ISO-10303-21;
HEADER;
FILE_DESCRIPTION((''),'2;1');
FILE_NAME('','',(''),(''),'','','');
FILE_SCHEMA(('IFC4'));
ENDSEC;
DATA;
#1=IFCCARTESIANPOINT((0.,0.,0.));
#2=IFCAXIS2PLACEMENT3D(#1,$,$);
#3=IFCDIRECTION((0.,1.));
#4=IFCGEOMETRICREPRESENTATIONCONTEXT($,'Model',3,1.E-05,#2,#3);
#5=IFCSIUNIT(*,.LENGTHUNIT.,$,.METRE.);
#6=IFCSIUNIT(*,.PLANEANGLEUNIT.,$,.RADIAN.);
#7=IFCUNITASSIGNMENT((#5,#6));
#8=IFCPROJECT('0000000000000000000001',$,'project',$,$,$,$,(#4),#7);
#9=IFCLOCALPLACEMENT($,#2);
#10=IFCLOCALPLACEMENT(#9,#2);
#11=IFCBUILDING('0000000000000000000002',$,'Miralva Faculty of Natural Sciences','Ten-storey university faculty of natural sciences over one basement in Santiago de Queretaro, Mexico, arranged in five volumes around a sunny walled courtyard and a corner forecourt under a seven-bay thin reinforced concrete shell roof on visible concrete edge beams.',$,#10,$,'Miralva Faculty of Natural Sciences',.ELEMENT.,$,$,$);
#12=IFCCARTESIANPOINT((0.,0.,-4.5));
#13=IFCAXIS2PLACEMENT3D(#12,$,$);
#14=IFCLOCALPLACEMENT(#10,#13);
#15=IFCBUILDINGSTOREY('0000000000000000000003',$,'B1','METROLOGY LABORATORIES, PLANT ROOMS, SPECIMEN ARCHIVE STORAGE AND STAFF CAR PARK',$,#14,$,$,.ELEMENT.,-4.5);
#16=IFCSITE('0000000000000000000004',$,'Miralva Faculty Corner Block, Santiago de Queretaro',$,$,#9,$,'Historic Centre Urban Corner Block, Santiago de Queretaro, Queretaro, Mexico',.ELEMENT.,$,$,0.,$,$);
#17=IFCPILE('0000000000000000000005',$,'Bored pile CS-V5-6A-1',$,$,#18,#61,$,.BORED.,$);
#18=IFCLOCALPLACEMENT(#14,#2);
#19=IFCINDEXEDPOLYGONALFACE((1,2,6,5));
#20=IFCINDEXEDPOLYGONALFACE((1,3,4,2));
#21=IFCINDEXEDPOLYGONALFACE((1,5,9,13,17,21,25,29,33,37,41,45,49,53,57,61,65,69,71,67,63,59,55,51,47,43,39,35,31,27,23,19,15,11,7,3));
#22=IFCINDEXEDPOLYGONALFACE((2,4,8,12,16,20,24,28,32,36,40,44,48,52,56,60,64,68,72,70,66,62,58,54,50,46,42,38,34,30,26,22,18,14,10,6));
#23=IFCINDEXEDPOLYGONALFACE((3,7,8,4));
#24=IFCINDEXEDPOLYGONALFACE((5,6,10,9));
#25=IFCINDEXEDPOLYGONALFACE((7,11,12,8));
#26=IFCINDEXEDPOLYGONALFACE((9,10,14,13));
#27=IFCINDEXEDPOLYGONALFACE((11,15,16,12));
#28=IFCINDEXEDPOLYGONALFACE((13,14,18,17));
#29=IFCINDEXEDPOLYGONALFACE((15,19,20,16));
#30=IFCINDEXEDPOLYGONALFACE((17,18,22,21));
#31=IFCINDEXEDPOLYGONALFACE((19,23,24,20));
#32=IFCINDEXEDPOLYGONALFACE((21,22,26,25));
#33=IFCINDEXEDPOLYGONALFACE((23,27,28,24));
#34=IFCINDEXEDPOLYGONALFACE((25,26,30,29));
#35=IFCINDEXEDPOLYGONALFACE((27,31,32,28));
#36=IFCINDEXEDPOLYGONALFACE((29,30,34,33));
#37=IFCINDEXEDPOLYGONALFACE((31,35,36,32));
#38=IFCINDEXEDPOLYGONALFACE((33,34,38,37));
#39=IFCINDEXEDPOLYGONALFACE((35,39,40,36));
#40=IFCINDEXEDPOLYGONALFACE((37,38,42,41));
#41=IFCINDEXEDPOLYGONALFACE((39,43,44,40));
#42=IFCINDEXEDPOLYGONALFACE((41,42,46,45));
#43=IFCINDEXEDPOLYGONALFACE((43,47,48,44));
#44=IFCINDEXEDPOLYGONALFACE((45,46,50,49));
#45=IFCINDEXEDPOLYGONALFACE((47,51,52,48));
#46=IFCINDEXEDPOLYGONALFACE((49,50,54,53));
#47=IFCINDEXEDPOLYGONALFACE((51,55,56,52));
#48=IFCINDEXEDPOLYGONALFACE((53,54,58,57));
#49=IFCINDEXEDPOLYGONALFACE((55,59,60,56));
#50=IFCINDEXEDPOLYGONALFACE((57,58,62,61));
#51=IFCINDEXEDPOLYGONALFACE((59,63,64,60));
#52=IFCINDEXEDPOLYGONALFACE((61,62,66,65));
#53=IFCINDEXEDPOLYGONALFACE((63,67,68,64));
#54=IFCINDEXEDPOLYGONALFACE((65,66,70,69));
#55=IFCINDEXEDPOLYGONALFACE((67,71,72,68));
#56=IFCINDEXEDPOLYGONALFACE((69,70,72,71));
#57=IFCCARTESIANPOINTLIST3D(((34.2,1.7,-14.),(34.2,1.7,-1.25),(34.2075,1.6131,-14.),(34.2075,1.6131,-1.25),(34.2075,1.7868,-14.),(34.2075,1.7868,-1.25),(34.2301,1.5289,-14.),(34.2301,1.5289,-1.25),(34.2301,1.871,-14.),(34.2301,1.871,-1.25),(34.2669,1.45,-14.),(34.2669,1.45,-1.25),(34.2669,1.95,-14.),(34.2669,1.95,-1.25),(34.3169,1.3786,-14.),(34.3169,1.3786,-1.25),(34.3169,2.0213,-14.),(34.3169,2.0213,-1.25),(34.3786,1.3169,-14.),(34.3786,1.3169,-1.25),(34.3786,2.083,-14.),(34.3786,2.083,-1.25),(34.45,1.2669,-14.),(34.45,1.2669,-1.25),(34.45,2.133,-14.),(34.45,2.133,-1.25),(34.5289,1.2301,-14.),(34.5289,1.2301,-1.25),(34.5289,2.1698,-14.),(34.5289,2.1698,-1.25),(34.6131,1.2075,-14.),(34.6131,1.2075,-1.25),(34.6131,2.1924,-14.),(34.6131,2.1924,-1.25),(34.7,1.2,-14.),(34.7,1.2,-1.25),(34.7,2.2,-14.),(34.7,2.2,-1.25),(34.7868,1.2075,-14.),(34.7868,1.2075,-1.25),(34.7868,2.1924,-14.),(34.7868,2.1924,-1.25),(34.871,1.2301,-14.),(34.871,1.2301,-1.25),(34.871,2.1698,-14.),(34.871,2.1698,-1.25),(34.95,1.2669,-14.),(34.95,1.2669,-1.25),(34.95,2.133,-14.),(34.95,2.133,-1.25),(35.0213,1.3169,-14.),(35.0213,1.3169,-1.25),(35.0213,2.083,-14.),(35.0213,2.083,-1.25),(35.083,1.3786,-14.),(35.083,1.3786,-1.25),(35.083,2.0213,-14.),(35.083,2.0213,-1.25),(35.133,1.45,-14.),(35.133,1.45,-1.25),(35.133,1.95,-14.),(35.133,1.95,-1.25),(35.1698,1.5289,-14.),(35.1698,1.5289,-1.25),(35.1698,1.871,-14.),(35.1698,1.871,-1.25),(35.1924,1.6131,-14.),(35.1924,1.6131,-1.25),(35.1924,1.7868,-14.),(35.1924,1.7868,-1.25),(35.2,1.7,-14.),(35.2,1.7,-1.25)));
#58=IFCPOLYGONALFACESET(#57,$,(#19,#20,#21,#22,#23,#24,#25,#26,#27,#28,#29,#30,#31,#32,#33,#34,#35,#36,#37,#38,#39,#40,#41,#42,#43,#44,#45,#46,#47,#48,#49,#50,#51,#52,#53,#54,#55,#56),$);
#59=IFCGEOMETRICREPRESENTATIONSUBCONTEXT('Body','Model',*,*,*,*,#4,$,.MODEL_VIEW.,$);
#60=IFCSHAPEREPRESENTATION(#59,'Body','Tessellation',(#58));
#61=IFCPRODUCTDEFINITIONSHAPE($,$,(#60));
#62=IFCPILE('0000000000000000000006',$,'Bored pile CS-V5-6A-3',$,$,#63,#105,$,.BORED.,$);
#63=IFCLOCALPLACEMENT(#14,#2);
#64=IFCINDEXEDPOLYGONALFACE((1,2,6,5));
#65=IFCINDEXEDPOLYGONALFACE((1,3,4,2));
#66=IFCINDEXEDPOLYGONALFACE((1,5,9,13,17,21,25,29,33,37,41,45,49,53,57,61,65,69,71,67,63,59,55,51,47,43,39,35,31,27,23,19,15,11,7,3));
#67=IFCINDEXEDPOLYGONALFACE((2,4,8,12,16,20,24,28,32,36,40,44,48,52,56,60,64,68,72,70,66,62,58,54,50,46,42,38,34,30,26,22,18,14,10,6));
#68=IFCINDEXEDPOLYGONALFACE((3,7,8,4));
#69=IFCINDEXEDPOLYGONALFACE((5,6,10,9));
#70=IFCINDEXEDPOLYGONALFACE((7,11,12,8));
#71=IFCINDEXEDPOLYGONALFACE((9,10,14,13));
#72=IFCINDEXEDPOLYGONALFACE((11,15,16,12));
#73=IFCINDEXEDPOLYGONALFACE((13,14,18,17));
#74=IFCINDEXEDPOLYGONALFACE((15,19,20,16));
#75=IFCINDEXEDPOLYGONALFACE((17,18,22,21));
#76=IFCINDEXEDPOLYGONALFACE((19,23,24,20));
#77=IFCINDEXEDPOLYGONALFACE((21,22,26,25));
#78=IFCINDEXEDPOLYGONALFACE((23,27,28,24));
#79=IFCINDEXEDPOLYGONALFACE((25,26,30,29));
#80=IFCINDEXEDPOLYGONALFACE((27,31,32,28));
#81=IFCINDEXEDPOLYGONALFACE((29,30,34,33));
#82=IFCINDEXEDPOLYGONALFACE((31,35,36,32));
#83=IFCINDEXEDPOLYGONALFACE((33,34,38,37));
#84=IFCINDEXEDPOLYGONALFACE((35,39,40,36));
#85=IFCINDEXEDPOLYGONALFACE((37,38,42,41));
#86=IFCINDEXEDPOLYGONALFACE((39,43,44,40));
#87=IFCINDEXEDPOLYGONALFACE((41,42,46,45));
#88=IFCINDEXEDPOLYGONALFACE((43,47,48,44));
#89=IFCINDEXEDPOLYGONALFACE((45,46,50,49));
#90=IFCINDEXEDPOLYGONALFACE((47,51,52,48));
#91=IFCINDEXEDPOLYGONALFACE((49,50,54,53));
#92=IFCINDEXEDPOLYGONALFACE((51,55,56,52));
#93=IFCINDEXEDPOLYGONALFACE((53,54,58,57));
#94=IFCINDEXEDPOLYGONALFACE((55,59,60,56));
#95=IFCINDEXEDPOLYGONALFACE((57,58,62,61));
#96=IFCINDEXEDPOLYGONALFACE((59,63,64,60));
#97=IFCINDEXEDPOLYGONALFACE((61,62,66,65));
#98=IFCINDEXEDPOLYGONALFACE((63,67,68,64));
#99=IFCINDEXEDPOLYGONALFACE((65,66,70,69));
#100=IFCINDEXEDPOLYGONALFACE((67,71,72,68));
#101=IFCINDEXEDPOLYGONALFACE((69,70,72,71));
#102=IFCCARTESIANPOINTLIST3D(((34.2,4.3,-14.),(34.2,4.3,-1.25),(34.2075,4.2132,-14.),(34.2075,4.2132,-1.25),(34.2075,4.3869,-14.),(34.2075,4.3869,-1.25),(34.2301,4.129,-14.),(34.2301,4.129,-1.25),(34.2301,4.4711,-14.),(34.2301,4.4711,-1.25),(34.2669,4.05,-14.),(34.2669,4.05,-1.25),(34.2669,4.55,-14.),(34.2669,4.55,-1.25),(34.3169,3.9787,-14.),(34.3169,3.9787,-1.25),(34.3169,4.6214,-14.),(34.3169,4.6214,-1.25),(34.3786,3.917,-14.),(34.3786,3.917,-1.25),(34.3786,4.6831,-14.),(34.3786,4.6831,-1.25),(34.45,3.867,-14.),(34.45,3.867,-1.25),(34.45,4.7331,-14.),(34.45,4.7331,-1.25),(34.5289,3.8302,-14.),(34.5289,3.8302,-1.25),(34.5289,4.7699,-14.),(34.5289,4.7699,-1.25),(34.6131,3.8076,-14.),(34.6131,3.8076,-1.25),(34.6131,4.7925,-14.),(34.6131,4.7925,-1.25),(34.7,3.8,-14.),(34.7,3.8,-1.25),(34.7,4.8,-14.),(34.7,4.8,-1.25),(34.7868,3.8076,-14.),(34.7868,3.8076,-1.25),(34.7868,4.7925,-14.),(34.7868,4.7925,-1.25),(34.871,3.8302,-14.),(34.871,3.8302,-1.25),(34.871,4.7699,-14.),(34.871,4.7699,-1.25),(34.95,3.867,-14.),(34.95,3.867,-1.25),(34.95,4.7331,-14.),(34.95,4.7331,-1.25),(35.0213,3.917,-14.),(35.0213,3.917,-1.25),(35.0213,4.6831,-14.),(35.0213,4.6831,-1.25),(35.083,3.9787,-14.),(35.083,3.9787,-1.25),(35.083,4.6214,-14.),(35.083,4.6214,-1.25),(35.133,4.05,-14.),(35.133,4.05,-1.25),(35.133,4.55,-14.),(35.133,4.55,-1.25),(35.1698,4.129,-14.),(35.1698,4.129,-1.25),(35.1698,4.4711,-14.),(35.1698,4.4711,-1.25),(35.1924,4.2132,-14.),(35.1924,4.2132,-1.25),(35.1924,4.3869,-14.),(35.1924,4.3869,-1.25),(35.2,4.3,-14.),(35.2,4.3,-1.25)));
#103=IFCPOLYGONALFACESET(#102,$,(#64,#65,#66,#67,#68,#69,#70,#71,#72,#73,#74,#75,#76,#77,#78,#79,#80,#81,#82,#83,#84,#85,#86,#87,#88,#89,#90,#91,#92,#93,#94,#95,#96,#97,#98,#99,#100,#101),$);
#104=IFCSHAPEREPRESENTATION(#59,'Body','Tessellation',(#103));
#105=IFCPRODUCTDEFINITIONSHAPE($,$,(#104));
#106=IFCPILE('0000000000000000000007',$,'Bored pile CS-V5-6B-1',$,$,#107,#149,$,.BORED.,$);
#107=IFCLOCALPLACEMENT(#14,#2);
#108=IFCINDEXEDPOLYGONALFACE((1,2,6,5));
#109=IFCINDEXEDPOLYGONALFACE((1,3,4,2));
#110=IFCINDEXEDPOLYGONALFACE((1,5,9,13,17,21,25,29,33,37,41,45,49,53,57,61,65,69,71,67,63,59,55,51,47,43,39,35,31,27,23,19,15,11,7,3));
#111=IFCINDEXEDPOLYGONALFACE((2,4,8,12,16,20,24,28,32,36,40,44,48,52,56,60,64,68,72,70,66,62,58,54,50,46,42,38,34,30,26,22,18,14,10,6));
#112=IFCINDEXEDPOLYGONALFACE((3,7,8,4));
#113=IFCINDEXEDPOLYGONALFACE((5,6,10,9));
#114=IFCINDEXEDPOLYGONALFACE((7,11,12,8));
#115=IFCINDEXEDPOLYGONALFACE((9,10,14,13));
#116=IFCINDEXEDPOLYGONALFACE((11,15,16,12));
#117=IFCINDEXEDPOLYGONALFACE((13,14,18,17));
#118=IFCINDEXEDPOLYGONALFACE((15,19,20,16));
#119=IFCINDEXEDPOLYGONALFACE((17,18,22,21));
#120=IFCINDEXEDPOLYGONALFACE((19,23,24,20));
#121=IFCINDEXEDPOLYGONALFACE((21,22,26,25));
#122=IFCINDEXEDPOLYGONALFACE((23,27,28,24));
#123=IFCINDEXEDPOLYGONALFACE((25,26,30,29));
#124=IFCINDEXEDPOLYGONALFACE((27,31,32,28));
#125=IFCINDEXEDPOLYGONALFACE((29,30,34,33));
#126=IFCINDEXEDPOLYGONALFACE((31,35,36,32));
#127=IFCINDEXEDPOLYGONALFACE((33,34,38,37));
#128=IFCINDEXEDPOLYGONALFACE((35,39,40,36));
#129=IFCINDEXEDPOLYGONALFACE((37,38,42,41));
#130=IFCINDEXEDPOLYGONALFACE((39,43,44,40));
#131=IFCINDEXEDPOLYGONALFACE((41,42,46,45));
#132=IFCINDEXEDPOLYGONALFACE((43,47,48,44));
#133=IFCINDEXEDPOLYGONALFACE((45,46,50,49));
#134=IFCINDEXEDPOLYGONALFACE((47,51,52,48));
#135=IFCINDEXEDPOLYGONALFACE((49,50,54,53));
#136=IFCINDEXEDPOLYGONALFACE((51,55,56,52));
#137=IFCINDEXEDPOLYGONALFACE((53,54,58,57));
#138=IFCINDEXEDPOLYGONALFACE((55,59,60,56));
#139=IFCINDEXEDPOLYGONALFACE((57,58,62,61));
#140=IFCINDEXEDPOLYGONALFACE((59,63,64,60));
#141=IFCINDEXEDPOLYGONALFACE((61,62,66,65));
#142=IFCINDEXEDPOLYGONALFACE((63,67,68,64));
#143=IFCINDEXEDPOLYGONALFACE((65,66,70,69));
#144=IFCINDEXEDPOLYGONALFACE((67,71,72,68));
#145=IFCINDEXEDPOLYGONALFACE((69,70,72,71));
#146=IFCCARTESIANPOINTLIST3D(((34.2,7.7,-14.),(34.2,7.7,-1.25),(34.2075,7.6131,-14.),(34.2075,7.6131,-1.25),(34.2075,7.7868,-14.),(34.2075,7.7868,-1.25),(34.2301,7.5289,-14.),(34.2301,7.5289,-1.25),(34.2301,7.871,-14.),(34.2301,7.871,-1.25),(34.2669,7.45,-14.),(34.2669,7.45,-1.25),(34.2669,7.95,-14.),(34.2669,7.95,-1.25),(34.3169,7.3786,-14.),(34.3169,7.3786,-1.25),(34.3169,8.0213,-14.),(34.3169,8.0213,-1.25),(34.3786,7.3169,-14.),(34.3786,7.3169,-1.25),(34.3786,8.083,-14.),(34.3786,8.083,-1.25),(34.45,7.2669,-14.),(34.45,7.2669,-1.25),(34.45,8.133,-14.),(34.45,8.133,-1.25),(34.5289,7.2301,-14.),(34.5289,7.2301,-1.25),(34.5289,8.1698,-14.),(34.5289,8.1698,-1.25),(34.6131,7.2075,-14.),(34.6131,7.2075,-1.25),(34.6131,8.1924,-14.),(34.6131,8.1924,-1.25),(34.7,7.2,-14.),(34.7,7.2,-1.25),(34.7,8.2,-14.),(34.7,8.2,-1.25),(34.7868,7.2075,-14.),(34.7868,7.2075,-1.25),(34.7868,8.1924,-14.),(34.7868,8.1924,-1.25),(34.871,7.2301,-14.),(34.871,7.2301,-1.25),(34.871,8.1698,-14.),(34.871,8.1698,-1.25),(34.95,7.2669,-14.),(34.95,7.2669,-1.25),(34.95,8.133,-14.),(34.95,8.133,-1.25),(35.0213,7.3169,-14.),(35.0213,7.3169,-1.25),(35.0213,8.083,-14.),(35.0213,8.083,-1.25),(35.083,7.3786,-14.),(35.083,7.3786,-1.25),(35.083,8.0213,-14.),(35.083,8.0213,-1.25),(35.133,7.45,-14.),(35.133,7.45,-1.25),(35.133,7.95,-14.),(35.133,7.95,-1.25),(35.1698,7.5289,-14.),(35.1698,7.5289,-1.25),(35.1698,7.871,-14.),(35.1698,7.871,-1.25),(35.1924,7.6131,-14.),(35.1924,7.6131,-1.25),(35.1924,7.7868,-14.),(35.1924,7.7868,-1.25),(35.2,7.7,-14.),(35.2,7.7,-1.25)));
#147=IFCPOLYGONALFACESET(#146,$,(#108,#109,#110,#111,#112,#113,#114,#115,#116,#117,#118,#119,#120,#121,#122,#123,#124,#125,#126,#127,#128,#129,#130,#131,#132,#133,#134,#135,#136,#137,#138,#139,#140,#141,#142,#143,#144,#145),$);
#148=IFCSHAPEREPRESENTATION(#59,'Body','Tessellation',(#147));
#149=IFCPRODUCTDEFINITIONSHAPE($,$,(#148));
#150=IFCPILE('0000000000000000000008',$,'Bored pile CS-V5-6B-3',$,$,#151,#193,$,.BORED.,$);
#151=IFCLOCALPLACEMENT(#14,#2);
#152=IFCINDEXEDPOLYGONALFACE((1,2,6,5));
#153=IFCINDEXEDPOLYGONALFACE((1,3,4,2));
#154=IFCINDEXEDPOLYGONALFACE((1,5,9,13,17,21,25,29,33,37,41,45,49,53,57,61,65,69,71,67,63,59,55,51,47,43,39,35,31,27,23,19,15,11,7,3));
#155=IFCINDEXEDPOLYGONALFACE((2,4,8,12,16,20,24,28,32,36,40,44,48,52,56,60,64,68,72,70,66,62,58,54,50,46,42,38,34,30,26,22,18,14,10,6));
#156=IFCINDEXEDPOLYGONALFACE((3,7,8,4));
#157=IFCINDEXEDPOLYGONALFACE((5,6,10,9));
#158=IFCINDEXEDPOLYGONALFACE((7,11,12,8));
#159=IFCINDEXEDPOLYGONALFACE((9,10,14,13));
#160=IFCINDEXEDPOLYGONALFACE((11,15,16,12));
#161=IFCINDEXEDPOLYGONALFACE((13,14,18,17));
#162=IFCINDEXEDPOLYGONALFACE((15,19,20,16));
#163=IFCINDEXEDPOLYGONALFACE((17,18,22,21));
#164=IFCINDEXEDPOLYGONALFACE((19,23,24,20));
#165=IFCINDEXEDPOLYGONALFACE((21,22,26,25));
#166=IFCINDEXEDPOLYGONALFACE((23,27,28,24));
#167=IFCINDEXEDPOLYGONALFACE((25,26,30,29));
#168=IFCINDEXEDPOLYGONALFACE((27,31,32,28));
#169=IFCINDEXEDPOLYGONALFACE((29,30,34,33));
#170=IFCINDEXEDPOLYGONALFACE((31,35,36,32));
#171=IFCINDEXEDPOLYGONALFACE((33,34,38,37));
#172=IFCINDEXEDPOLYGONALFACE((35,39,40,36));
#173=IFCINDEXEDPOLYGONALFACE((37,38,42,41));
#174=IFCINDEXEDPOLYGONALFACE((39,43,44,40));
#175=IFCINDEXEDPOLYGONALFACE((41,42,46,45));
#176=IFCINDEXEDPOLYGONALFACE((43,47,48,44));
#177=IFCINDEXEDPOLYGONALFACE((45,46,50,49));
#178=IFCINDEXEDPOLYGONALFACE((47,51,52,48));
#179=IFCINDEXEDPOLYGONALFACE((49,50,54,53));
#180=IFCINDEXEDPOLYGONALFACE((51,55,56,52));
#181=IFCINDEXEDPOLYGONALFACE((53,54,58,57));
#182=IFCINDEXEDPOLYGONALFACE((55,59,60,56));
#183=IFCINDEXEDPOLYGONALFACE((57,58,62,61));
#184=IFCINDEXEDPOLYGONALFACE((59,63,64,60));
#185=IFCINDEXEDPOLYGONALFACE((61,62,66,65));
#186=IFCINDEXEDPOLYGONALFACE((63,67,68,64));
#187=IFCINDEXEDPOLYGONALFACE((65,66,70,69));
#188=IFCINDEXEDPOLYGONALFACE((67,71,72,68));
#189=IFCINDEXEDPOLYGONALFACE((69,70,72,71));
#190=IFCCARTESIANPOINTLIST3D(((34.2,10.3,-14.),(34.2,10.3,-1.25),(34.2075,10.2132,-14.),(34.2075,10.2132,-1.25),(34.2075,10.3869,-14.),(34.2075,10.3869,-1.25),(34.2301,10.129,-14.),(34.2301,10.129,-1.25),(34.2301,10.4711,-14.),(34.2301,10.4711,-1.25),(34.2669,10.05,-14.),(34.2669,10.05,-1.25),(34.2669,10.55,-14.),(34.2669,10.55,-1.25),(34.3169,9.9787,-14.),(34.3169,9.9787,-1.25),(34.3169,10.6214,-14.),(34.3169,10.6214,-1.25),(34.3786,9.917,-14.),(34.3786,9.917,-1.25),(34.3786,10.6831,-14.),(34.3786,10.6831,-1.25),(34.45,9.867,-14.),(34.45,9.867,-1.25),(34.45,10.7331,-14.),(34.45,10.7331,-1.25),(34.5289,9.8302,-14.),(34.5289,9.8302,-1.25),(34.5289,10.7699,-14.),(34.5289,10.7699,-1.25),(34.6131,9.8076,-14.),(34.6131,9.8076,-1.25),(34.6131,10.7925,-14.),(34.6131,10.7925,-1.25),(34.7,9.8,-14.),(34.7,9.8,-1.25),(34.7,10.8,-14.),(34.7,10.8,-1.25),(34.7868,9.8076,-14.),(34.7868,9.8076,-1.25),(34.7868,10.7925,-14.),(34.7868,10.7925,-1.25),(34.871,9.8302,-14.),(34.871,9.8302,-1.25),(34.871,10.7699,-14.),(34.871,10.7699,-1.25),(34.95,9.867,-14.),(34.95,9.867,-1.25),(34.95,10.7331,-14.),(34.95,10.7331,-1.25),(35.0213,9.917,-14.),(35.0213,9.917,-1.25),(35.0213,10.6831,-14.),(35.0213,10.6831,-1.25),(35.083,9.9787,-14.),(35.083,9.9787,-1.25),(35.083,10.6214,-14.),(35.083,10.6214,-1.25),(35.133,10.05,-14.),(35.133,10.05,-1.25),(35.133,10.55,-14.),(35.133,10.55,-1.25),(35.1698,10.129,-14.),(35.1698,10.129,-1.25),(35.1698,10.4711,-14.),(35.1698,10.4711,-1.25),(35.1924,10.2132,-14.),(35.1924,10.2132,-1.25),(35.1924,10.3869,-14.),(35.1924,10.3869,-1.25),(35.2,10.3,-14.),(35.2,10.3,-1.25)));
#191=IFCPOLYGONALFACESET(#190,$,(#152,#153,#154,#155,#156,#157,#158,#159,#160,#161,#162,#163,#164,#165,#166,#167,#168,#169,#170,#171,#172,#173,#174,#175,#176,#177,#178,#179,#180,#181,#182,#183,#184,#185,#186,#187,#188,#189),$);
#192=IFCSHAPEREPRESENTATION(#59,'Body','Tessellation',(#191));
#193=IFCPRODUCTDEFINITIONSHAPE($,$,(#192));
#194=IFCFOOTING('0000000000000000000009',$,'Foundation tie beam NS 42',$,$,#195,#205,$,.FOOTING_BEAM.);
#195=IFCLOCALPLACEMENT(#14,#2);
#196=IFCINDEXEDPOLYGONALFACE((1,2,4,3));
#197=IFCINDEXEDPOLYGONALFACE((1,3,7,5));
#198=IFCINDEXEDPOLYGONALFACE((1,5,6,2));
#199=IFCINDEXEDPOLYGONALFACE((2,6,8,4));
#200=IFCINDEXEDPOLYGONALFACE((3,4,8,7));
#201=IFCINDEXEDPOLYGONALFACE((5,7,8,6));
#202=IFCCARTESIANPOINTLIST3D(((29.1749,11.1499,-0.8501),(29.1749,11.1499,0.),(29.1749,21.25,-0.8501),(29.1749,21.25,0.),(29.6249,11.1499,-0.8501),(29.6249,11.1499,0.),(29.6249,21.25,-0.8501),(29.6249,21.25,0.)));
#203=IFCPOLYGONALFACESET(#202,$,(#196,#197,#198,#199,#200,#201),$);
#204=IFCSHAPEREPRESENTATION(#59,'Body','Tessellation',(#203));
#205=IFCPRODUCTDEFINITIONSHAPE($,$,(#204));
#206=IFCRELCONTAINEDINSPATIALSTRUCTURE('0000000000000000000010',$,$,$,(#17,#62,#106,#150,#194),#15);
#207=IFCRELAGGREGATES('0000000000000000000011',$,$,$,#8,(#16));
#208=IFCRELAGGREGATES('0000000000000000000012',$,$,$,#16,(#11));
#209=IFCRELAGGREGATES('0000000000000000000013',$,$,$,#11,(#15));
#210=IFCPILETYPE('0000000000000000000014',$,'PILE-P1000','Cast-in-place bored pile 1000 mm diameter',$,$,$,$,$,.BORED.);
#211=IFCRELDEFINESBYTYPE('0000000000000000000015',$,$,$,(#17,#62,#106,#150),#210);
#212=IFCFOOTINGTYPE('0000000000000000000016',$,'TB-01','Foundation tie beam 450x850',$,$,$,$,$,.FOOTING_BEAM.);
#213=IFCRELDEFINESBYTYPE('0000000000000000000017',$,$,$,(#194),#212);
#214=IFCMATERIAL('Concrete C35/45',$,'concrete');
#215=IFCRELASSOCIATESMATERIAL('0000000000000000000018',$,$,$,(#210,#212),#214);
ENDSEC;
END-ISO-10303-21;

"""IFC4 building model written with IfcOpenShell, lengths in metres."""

from ifc_helpers import new_model, si_unit, direction, frame, origin, origin_2d, place, context, subcontext, project, spatial, rectangle, circle, extrude, material, material_profile, profile_set, type_object, element, save


model = new_model("IFC4")

# Units and contexts
model_context = context("Model", 3, precision=1e-05, world=origin(), true_north=direction((0.0, 1.0)))
body_context = subcontext(model_context, "Body", "Model", "MODEL_VIEW")
ifc_project = project(units=[si_unit("LENGTHUNIT", "METRE"), si_unit("PLANEANGLEUNIT", "RADIAN")], contexts=[model_context])

# Site, building, storey
site_placement = place(None, origin())
site = spatial("IfcSite", under=ifc_project, at=site_placement, Name="Miralva Faculty Corner Block, Santiago de Queretaro", LongName="Historic Centre Urban Corner Block, Santiago de Queretaro, Queretaro, Mexico", CompositionType="ELEMENT", RefElevation=0.0)
building_placement = place(site_placement, origin())
building = spatial("IfcBuilding", under=site, at=building_placement, Name="Miralva Faculty of Natural Sciences", Description="Ten-storey university faculty of natural sciences over one basement in Santiago de Queretaro, Mexico, arranged in five volumes around a sunny walled courtyard and a corner forecourt under a seven-bay thin reinforced concrete shell roof on visible concrete edge beams.", LongName="Miralva Faculty of Natural Sciences", CompositionType="ELEMENT")
storey_placement = place(building_placement, frame((0.0, 0.0, -4.5)))
storey = spatial("IfcBuildingStorey", under=building, at=storey_placement, Name="B1", Description="METROLOGY LABORATORIES, PLANT ROOMS, SPECIMEN ARCHIVE STORAGE AND STAFF CAR PARK", CompositionType="ELEMENT", Elevation=-4.5)

# Shared definitions
ifc_material_1 = material(Name="Concrete C35/45", Category="concrete")

# Piles
ifc_material_profile_1 = material_profile(ifc_material_1, circle(Radius=0.5, at=origin_2d()), Name="BORED PILE 1000")
ifc_profile_set_1 = profile_set([ifc_material_profile_1], Name="Concrete C35/45")
pile_type = type_object("IfcPileType", Name="PILE-P1000", Description="Cast-in-place bored pile 1000 mm diameter", PredefinedType="BORED", material=ifc_profile_set_1)
for number, where, z_axis, x_axis, name in (
    (1, (34.7, 1.7, -1.25), (0.0, 0.0, -1.0), (1.0, 0.0, 0.0), "Bored pile CS-V5-6A-1"),
    (2, (34.7, 4.3, -1.25), (0.0, 0.0, -1.0), (1.0, 0.0, 0.0), "Bored pile CS-V5-6A-3"),
    (3, (34.7, 7.7, -1.25), (0.0, 0.0, -1.0), (1.0, 0.0, 0.0), "Bored pile CS-V5-6B-1"),
    (4, (34.7, 10.3, -1.25), (0.0, 0.0, -1.0), (1.0, 0.0, 0.0), "Bored pile CS-V5-6B-3"),
):
    element("IfcPile", number, at=place(storey_placement, frame(where, z_axis=z_axis, x_axis=x_axis)), inside=storey, type_object=pile_type, Name=name, PredefinedType="BORED", context=body_context, shape_type="SweptSolid", body=[
        extrude(circle(Radius=0.5, at=origin_2d()), origin(), (0.0, 0.0, 1.0), 12.75),
    ])

# Footing
ifc_material_profile_2 = material_profile(ifc_material_1, rectangle(XDim=0.45, YDim=0.8501, at=origin_2d()), Name="RC 450x850")
ifc_profile_set_2 = profile_set([ifc_material_profile_2], Name="Concrete C35/45")
footing_type_1 = type_object("IfcFootingType", Name="TB-01", Description="Foundation tie beam 450x850", PredefinedType="FOOTING_BEAM", material=ifc_profile_set_2)
footing_1_placement = place(storey_placement, frame((29.3999, 11.1499, -0.425), z_axis=(0.0, 1.0, 0.0), x_axis=(-1.0, 0.0, 0.0)))
element("IfcFooting", 5, at=footing_1_placement, inside=storey, type_object=footing_type_1, Name="Foundation tie beam NS 42", PredefinedType="FOOTING_BEAM", context=body_context, shape_type="SweptSolid", body=[
    extrude(rectangle(XDim=0.45, YDim=0.8501, at=origin_2d()), origin(), (0.0, 0.0, 1.0), 10.1001),
])

save(model, "model.ifc")
